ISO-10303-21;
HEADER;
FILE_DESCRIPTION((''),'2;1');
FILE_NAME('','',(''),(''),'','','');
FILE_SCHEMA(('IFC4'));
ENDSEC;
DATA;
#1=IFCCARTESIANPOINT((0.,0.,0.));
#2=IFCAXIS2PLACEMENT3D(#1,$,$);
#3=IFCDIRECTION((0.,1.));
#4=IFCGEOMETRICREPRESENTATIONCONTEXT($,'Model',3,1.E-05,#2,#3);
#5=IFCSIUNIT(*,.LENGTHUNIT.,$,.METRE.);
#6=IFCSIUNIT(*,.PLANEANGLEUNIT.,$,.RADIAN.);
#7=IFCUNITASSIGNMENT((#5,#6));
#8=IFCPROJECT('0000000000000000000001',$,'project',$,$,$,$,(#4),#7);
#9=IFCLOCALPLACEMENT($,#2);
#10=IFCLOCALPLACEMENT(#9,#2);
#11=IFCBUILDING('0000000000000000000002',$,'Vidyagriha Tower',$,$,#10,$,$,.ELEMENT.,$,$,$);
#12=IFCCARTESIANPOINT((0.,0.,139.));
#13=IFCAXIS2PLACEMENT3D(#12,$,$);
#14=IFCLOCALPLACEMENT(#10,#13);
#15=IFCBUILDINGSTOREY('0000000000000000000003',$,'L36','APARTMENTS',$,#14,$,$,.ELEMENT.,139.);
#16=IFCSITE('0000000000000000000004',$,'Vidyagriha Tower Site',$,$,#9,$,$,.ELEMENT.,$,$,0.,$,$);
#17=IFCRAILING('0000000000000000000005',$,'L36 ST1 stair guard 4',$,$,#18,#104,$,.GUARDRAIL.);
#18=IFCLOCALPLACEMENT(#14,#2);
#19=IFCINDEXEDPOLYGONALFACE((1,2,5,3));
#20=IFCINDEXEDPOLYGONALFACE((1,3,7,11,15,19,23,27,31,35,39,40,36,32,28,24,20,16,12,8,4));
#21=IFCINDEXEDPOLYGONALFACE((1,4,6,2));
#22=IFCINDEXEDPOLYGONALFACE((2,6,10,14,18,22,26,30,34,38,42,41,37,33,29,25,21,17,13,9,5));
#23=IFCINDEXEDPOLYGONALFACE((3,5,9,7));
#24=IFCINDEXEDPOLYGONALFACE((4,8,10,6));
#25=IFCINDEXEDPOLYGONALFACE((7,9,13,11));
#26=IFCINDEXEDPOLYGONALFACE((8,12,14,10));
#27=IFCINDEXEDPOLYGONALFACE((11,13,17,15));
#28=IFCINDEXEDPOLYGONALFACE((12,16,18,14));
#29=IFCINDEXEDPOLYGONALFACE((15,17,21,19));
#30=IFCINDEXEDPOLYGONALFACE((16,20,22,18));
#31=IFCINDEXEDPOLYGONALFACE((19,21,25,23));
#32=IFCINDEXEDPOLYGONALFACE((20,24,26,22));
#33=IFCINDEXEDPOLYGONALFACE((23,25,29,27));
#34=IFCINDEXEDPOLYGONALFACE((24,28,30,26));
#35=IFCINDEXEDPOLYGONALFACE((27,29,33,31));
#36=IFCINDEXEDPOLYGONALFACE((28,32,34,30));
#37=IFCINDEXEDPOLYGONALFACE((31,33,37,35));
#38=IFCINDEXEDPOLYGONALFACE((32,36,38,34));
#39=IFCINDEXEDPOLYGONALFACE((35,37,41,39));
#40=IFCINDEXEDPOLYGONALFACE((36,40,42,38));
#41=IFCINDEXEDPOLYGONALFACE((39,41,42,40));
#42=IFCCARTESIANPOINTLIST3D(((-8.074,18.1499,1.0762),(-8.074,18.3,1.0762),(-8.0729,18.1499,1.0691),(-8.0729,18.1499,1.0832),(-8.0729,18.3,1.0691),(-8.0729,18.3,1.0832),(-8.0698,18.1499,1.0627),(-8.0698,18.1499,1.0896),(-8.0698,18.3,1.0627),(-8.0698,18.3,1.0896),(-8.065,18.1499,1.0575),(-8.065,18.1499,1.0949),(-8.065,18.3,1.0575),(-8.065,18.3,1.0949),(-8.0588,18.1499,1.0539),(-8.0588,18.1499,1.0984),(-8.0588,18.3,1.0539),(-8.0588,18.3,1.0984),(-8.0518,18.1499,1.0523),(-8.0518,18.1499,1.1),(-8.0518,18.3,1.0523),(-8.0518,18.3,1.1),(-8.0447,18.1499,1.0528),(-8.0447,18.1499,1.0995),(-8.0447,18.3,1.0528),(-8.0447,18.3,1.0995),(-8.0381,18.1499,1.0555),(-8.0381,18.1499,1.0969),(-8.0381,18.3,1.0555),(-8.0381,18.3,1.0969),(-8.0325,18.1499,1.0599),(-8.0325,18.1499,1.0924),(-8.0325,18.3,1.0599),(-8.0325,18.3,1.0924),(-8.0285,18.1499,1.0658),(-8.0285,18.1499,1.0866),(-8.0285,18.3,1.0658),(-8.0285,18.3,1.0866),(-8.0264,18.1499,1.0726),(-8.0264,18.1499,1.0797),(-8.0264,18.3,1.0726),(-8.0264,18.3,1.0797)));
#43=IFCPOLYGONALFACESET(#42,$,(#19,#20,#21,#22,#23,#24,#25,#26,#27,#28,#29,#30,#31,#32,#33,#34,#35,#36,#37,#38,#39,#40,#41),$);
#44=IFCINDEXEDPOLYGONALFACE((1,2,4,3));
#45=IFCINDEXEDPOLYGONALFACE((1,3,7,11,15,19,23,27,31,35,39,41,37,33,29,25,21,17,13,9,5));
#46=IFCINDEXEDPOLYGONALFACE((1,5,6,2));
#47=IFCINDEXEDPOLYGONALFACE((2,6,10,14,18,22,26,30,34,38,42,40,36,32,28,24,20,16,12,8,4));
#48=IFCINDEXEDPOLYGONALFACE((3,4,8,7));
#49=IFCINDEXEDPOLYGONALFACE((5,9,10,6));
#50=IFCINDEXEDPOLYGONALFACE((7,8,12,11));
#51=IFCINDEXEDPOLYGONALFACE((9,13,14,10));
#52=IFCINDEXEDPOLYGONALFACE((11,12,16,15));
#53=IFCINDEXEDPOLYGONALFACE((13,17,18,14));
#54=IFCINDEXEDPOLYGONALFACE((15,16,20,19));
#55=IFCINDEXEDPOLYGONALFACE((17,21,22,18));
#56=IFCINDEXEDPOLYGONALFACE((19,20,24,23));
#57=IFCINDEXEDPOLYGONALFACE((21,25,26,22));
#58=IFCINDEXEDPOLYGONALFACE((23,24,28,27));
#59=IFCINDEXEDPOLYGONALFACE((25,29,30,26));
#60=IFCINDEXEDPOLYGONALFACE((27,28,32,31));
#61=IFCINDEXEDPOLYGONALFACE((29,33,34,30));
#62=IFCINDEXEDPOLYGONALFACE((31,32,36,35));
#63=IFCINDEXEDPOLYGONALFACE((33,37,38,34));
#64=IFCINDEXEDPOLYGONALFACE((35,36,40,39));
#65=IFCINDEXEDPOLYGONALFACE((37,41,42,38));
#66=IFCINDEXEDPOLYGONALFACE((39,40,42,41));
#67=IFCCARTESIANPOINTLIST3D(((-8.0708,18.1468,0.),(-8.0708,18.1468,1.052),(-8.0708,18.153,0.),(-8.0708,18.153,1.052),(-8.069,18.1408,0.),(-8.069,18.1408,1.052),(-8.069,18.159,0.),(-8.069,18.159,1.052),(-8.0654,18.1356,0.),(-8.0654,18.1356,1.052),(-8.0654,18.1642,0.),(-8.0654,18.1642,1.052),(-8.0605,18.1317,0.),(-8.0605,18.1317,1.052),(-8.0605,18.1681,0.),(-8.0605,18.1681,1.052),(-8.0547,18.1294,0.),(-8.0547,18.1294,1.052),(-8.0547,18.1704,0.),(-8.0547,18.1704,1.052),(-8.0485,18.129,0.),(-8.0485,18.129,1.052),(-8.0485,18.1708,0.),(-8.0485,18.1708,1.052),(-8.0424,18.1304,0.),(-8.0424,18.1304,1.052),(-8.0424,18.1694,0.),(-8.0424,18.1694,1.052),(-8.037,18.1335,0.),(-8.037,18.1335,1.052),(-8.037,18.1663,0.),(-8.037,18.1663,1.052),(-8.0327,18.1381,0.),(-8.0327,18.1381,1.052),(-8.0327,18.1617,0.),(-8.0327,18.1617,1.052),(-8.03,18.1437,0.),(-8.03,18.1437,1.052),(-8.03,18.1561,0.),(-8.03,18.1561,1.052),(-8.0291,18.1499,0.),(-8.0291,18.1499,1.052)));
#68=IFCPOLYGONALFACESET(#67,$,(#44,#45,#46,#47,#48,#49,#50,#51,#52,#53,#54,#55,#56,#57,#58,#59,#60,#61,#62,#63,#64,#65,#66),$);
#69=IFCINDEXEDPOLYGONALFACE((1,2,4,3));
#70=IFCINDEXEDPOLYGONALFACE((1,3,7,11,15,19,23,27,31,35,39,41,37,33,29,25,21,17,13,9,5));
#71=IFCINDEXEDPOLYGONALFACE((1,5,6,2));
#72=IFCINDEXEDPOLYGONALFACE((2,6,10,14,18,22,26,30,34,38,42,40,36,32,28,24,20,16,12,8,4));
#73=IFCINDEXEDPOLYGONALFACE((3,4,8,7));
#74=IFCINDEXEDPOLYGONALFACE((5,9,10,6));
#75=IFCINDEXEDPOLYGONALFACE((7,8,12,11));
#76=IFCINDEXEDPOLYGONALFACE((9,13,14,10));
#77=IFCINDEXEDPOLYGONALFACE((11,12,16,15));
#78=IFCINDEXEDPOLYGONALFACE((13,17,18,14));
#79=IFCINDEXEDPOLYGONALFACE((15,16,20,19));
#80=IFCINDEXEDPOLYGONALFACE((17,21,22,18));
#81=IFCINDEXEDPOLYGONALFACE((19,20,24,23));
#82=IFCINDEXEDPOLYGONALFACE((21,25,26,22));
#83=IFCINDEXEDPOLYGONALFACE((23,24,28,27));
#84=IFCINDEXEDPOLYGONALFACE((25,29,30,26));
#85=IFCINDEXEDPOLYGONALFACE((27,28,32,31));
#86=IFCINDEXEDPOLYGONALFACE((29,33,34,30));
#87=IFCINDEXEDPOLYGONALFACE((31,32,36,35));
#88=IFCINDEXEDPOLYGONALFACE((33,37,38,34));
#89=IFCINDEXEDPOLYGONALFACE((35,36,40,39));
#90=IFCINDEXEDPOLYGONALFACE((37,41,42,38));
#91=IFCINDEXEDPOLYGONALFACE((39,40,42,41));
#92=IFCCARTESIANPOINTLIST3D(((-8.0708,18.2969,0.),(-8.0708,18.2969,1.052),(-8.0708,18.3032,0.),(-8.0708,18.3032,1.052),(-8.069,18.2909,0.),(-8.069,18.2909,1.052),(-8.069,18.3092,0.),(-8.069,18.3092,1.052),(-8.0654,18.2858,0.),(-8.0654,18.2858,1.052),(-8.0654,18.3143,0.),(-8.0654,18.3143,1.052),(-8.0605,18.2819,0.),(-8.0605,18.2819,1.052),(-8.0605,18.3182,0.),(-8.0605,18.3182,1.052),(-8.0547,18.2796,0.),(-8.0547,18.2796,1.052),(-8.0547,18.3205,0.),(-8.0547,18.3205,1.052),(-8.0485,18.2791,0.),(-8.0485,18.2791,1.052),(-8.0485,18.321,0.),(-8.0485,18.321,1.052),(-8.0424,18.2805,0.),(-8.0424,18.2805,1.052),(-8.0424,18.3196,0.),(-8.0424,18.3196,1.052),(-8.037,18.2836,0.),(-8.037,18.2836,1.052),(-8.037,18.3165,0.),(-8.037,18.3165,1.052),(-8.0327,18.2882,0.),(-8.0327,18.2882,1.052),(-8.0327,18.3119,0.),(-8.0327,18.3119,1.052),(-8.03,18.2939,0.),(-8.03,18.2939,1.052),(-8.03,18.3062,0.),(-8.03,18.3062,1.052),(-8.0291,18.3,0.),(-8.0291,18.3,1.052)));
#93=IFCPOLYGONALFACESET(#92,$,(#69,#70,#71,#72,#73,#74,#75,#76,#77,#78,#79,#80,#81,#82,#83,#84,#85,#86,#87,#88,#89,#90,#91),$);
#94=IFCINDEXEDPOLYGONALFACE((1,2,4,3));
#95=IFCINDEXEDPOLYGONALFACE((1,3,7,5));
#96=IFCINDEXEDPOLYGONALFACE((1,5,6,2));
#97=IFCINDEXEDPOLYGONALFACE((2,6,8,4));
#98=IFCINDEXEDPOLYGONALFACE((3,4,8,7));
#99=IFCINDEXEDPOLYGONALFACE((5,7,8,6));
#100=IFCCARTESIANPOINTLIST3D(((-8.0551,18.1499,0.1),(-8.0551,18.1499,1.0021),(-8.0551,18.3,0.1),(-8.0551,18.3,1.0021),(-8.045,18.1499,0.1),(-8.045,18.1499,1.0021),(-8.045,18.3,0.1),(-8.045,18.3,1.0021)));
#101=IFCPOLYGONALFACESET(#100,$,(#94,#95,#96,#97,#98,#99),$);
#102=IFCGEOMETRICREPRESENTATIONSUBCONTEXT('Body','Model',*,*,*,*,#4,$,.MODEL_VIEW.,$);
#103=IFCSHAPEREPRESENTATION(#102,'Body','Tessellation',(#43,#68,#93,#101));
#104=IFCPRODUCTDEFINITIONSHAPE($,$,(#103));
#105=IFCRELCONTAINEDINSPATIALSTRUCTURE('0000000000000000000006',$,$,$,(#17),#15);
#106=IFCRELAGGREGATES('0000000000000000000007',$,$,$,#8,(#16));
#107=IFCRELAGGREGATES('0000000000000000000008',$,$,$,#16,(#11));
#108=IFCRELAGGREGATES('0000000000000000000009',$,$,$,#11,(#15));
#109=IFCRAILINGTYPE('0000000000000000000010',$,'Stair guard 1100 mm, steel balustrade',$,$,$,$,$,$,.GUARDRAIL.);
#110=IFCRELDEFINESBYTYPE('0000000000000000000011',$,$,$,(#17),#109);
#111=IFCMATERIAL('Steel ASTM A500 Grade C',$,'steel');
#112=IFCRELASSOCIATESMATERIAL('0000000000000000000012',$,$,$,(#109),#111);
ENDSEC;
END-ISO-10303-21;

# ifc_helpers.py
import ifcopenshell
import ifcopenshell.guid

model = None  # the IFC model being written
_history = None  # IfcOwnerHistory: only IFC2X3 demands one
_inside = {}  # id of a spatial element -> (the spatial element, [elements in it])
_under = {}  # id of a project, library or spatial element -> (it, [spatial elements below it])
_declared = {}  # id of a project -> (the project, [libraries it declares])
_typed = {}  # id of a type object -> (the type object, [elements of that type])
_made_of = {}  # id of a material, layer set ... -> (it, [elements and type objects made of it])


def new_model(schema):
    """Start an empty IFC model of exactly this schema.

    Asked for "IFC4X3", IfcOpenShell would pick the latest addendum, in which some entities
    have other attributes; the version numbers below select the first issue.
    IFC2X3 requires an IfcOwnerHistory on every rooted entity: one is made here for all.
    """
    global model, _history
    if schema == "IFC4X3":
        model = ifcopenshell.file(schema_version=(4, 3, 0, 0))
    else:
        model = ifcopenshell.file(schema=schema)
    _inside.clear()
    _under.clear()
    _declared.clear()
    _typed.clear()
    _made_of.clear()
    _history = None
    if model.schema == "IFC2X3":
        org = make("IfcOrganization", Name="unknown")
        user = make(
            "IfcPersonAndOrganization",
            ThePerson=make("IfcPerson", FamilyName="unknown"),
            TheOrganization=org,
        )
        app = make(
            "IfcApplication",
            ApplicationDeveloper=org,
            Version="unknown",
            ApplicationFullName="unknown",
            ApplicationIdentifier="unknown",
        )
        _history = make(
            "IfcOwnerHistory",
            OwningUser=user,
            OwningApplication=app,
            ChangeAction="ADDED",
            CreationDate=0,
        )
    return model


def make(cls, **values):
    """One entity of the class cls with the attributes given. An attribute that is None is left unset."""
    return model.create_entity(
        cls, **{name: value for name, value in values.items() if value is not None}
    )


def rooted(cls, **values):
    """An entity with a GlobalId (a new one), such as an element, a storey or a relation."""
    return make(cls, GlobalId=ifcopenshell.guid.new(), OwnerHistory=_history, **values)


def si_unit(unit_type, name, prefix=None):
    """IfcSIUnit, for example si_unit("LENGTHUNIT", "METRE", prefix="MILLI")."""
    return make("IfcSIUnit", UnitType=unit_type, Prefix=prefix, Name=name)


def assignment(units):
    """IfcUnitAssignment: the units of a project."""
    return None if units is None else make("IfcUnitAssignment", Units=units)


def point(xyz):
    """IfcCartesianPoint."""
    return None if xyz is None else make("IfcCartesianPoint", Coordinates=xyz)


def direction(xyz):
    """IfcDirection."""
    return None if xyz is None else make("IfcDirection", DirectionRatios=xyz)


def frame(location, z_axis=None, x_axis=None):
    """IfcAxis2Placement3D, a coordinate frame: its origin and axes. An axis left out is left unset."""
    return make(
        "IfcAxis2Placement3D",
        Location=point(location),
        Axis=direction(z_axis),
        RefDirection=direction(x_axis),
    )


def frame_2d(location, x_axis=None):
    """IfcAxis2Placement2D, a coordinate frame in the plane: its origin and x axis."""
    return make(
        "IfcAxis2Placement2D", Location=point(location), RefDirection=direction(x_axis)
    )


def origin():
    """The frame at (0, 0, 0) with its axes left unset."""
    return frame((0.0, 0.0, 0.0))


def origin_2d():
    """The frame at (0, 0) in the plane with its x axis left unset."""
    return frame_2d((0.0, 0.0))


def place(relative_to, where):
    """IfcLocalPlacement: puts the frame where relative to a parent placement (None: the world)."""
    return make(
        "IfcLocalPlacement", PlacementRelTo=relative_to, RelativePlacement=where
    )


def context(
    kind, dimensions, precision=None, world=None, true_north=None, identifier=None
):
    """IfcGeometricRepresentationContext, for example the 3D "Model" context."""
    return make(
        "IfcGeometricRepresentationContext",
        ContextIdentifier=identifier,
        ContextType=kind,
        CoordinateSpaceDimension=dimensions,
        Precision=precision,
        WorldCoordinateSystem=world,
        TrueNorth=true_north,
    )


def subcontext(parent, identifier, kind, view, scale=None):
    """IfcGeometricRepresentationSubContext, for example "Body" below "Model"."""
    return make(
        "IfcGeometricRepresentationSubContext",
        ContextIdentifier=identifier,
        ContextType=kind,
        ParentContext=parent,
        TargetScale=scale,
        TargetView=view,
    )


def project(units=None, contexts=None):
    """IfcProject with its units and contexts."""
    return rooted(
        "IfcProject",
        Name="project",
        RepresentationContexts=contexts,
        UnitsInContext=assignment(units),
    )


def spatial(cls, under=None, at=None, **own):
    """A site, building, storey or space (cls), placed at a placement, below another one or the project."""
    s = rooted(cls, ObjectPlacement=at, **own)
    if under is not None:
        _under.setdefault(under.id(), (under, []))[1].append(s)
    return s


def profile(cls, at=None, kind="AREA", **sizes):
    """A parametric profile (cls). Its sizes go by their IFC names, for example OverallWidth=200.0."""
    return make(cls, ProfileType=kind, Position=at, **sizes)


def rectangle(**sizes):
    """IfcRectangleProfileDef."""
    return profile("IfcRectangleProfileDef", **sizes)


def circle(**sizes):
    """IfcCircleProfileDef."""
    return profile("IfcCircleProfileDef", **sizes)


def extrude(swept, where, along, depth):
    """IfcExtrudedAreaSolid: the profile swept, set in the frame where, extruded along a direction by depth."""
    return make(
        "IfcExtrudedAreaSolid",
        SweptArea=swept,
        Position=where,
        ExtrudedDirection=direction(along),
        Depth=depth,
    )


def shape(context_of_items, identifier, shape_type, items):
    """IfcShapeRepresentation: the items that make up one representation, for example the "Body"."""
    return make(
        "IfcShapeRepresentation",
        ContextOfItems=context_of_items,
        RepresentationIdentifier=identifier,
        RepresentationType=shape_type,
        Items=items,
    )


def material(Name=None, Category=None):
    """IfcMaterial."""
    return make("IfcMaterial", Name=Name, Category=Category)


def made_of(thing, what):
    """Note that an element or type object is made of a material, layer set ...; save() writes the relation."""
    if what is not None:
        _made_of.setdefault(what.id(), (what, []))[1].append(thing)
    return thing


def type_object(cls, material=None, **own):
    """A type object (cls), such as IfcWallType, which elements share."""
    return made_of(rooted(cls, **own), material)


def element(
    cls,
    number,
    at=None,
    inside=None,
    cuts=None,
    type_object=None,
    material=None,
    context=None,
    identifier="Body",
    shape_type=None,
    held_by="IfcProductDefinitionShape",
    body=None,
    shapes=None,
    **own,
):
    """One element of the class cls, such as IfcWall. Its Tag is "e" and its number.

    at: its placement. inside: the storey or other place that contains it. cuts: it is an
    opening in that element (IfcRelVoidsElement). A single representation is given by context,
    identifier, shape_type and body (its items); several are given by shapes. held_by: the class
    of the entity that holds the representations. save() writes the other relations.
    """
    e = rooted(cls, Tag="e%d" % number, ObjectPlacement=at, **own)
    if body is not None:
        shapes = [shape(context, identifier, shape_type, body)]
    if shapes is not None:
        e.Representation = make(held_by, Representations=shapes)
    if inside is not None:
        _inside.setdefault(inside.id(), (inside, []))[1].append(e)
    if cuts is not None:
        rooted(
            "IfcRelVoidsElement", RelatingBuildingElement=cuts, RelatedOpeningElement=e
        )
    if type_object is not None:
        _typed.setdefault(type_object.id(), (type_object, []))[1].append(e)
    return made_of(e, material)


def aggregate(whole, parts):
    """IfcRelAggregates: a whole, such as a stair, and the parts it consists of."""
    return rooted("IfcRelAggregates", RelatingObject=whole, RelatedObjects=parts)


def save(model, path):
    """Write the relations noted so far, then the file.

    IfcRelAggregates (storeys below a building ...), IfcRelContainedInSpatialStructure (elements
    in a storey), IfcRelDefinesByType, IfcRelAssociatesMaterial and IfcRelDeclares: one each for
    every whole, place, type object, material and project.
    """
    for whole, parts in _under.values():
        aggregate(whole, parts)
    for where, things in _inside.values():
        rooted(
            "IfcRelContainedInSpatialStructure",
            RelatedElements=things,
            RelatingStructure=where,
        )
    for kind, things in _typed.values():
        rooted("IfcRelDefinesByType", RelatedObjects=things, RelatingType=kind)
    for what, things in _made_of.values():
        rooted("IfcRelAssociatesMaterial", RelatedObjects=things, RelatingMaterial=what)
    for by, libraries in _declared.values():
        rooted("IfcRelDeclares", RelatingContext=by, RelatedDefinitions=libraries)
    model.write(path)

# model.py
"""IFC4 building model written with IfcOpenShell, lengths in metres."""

from ifc_helpers import new_model, si_unit, direction, frame, origin, origin_2d, place, context, subcontext, project, spatial, rectangle, circle, extrude, material, type_object, element, save


model = new_model("IFC4")

# Units and contexts
model_context = context("Model", 3, precision=1e-05, world=origin(), true_north=direction((0.0, 1.0)))
body_context = subcontext(model_context, "Body", "Model", "MODEL_VIEW")
ifc_project = project(units=[si_unit("LENGTHUNIT", "METRE"), si_unit("PLANEANGLEUNIT", "RADIAN")], contexts=[model_context])

# Site, building, storey
site_placement = place(None, origin())
site = spatial("IfcSite", under=ifc_project, at=site_placement, Name="Vidyagriha Tower Site", CompositionType="ELEMENT", RefElevation=0.0)
building_placement = place(site_placement, origin())
building = spatial("IfcBuilding", under=site, at=building_placement, Name="Vidyagriha Tower", CompositionType="ELEMENT")
storey_placement = place(building_placement, frame((0.0, 0.0, 139.0)))
storey = spatial("IfcBuildingStorey", under=building, at=storey_placement, Name="L36", Description="APARTMENTS", CompositionType="ELEMENT", Elevation=139.0)

# Railing
ifc_material_1 = material(Name="Steel ASTM A500 Grade C", Category="steel")
railing_type_1 = type_object("IfcRailingType", Name="Stair guard 1100 mm, steel balustrade", PredefinedType="GUARDRAIL", material=ifc_material_1)
railing_1_placement = place(storey_placement, frame((-8.05, 18.1499, 0.0)))
element("IfcRailing", 1, at=railing_1_placement, inside=storey, type_object=railing_type_1, Name="L36 ST1 stair guard 4", PredefinedType="GUARDRAIL", context=body_context, shape_type="SweptSolid", body=[
    extrude(circle(Radius=0.0239, at=origin_2d()), frame((0.0, 0.0, 1.0762), z_axis=(0.0, 1.0, 0.0), x_axis=(-1.0, 0.0, 0.0)), (0.0, 0.0, 1.0), 0.1501),
    extrude(circle(Radius=0.021, at=origin_2d()), origin(), (0.0, 0.0, 1.0), 1.052),
    extrude(circle(Radius=0.021, at=origin_2d()), frame((0.0, 0.1501, 0.0)), (0.0, 0.0, 1.0), 1.052),
    extrude(rectangle(XDim=0.01, YDim=0.9021, at=origin_2d()), frame((0.0, 0.0, 0.551), z_axis=(0.0, 1.0, 0.0), x_axis=(-1.0, 0.0, 0.0)), (0.0, 0.0, 1.0), 0.1501),
])

save(model, "model.ifc")
